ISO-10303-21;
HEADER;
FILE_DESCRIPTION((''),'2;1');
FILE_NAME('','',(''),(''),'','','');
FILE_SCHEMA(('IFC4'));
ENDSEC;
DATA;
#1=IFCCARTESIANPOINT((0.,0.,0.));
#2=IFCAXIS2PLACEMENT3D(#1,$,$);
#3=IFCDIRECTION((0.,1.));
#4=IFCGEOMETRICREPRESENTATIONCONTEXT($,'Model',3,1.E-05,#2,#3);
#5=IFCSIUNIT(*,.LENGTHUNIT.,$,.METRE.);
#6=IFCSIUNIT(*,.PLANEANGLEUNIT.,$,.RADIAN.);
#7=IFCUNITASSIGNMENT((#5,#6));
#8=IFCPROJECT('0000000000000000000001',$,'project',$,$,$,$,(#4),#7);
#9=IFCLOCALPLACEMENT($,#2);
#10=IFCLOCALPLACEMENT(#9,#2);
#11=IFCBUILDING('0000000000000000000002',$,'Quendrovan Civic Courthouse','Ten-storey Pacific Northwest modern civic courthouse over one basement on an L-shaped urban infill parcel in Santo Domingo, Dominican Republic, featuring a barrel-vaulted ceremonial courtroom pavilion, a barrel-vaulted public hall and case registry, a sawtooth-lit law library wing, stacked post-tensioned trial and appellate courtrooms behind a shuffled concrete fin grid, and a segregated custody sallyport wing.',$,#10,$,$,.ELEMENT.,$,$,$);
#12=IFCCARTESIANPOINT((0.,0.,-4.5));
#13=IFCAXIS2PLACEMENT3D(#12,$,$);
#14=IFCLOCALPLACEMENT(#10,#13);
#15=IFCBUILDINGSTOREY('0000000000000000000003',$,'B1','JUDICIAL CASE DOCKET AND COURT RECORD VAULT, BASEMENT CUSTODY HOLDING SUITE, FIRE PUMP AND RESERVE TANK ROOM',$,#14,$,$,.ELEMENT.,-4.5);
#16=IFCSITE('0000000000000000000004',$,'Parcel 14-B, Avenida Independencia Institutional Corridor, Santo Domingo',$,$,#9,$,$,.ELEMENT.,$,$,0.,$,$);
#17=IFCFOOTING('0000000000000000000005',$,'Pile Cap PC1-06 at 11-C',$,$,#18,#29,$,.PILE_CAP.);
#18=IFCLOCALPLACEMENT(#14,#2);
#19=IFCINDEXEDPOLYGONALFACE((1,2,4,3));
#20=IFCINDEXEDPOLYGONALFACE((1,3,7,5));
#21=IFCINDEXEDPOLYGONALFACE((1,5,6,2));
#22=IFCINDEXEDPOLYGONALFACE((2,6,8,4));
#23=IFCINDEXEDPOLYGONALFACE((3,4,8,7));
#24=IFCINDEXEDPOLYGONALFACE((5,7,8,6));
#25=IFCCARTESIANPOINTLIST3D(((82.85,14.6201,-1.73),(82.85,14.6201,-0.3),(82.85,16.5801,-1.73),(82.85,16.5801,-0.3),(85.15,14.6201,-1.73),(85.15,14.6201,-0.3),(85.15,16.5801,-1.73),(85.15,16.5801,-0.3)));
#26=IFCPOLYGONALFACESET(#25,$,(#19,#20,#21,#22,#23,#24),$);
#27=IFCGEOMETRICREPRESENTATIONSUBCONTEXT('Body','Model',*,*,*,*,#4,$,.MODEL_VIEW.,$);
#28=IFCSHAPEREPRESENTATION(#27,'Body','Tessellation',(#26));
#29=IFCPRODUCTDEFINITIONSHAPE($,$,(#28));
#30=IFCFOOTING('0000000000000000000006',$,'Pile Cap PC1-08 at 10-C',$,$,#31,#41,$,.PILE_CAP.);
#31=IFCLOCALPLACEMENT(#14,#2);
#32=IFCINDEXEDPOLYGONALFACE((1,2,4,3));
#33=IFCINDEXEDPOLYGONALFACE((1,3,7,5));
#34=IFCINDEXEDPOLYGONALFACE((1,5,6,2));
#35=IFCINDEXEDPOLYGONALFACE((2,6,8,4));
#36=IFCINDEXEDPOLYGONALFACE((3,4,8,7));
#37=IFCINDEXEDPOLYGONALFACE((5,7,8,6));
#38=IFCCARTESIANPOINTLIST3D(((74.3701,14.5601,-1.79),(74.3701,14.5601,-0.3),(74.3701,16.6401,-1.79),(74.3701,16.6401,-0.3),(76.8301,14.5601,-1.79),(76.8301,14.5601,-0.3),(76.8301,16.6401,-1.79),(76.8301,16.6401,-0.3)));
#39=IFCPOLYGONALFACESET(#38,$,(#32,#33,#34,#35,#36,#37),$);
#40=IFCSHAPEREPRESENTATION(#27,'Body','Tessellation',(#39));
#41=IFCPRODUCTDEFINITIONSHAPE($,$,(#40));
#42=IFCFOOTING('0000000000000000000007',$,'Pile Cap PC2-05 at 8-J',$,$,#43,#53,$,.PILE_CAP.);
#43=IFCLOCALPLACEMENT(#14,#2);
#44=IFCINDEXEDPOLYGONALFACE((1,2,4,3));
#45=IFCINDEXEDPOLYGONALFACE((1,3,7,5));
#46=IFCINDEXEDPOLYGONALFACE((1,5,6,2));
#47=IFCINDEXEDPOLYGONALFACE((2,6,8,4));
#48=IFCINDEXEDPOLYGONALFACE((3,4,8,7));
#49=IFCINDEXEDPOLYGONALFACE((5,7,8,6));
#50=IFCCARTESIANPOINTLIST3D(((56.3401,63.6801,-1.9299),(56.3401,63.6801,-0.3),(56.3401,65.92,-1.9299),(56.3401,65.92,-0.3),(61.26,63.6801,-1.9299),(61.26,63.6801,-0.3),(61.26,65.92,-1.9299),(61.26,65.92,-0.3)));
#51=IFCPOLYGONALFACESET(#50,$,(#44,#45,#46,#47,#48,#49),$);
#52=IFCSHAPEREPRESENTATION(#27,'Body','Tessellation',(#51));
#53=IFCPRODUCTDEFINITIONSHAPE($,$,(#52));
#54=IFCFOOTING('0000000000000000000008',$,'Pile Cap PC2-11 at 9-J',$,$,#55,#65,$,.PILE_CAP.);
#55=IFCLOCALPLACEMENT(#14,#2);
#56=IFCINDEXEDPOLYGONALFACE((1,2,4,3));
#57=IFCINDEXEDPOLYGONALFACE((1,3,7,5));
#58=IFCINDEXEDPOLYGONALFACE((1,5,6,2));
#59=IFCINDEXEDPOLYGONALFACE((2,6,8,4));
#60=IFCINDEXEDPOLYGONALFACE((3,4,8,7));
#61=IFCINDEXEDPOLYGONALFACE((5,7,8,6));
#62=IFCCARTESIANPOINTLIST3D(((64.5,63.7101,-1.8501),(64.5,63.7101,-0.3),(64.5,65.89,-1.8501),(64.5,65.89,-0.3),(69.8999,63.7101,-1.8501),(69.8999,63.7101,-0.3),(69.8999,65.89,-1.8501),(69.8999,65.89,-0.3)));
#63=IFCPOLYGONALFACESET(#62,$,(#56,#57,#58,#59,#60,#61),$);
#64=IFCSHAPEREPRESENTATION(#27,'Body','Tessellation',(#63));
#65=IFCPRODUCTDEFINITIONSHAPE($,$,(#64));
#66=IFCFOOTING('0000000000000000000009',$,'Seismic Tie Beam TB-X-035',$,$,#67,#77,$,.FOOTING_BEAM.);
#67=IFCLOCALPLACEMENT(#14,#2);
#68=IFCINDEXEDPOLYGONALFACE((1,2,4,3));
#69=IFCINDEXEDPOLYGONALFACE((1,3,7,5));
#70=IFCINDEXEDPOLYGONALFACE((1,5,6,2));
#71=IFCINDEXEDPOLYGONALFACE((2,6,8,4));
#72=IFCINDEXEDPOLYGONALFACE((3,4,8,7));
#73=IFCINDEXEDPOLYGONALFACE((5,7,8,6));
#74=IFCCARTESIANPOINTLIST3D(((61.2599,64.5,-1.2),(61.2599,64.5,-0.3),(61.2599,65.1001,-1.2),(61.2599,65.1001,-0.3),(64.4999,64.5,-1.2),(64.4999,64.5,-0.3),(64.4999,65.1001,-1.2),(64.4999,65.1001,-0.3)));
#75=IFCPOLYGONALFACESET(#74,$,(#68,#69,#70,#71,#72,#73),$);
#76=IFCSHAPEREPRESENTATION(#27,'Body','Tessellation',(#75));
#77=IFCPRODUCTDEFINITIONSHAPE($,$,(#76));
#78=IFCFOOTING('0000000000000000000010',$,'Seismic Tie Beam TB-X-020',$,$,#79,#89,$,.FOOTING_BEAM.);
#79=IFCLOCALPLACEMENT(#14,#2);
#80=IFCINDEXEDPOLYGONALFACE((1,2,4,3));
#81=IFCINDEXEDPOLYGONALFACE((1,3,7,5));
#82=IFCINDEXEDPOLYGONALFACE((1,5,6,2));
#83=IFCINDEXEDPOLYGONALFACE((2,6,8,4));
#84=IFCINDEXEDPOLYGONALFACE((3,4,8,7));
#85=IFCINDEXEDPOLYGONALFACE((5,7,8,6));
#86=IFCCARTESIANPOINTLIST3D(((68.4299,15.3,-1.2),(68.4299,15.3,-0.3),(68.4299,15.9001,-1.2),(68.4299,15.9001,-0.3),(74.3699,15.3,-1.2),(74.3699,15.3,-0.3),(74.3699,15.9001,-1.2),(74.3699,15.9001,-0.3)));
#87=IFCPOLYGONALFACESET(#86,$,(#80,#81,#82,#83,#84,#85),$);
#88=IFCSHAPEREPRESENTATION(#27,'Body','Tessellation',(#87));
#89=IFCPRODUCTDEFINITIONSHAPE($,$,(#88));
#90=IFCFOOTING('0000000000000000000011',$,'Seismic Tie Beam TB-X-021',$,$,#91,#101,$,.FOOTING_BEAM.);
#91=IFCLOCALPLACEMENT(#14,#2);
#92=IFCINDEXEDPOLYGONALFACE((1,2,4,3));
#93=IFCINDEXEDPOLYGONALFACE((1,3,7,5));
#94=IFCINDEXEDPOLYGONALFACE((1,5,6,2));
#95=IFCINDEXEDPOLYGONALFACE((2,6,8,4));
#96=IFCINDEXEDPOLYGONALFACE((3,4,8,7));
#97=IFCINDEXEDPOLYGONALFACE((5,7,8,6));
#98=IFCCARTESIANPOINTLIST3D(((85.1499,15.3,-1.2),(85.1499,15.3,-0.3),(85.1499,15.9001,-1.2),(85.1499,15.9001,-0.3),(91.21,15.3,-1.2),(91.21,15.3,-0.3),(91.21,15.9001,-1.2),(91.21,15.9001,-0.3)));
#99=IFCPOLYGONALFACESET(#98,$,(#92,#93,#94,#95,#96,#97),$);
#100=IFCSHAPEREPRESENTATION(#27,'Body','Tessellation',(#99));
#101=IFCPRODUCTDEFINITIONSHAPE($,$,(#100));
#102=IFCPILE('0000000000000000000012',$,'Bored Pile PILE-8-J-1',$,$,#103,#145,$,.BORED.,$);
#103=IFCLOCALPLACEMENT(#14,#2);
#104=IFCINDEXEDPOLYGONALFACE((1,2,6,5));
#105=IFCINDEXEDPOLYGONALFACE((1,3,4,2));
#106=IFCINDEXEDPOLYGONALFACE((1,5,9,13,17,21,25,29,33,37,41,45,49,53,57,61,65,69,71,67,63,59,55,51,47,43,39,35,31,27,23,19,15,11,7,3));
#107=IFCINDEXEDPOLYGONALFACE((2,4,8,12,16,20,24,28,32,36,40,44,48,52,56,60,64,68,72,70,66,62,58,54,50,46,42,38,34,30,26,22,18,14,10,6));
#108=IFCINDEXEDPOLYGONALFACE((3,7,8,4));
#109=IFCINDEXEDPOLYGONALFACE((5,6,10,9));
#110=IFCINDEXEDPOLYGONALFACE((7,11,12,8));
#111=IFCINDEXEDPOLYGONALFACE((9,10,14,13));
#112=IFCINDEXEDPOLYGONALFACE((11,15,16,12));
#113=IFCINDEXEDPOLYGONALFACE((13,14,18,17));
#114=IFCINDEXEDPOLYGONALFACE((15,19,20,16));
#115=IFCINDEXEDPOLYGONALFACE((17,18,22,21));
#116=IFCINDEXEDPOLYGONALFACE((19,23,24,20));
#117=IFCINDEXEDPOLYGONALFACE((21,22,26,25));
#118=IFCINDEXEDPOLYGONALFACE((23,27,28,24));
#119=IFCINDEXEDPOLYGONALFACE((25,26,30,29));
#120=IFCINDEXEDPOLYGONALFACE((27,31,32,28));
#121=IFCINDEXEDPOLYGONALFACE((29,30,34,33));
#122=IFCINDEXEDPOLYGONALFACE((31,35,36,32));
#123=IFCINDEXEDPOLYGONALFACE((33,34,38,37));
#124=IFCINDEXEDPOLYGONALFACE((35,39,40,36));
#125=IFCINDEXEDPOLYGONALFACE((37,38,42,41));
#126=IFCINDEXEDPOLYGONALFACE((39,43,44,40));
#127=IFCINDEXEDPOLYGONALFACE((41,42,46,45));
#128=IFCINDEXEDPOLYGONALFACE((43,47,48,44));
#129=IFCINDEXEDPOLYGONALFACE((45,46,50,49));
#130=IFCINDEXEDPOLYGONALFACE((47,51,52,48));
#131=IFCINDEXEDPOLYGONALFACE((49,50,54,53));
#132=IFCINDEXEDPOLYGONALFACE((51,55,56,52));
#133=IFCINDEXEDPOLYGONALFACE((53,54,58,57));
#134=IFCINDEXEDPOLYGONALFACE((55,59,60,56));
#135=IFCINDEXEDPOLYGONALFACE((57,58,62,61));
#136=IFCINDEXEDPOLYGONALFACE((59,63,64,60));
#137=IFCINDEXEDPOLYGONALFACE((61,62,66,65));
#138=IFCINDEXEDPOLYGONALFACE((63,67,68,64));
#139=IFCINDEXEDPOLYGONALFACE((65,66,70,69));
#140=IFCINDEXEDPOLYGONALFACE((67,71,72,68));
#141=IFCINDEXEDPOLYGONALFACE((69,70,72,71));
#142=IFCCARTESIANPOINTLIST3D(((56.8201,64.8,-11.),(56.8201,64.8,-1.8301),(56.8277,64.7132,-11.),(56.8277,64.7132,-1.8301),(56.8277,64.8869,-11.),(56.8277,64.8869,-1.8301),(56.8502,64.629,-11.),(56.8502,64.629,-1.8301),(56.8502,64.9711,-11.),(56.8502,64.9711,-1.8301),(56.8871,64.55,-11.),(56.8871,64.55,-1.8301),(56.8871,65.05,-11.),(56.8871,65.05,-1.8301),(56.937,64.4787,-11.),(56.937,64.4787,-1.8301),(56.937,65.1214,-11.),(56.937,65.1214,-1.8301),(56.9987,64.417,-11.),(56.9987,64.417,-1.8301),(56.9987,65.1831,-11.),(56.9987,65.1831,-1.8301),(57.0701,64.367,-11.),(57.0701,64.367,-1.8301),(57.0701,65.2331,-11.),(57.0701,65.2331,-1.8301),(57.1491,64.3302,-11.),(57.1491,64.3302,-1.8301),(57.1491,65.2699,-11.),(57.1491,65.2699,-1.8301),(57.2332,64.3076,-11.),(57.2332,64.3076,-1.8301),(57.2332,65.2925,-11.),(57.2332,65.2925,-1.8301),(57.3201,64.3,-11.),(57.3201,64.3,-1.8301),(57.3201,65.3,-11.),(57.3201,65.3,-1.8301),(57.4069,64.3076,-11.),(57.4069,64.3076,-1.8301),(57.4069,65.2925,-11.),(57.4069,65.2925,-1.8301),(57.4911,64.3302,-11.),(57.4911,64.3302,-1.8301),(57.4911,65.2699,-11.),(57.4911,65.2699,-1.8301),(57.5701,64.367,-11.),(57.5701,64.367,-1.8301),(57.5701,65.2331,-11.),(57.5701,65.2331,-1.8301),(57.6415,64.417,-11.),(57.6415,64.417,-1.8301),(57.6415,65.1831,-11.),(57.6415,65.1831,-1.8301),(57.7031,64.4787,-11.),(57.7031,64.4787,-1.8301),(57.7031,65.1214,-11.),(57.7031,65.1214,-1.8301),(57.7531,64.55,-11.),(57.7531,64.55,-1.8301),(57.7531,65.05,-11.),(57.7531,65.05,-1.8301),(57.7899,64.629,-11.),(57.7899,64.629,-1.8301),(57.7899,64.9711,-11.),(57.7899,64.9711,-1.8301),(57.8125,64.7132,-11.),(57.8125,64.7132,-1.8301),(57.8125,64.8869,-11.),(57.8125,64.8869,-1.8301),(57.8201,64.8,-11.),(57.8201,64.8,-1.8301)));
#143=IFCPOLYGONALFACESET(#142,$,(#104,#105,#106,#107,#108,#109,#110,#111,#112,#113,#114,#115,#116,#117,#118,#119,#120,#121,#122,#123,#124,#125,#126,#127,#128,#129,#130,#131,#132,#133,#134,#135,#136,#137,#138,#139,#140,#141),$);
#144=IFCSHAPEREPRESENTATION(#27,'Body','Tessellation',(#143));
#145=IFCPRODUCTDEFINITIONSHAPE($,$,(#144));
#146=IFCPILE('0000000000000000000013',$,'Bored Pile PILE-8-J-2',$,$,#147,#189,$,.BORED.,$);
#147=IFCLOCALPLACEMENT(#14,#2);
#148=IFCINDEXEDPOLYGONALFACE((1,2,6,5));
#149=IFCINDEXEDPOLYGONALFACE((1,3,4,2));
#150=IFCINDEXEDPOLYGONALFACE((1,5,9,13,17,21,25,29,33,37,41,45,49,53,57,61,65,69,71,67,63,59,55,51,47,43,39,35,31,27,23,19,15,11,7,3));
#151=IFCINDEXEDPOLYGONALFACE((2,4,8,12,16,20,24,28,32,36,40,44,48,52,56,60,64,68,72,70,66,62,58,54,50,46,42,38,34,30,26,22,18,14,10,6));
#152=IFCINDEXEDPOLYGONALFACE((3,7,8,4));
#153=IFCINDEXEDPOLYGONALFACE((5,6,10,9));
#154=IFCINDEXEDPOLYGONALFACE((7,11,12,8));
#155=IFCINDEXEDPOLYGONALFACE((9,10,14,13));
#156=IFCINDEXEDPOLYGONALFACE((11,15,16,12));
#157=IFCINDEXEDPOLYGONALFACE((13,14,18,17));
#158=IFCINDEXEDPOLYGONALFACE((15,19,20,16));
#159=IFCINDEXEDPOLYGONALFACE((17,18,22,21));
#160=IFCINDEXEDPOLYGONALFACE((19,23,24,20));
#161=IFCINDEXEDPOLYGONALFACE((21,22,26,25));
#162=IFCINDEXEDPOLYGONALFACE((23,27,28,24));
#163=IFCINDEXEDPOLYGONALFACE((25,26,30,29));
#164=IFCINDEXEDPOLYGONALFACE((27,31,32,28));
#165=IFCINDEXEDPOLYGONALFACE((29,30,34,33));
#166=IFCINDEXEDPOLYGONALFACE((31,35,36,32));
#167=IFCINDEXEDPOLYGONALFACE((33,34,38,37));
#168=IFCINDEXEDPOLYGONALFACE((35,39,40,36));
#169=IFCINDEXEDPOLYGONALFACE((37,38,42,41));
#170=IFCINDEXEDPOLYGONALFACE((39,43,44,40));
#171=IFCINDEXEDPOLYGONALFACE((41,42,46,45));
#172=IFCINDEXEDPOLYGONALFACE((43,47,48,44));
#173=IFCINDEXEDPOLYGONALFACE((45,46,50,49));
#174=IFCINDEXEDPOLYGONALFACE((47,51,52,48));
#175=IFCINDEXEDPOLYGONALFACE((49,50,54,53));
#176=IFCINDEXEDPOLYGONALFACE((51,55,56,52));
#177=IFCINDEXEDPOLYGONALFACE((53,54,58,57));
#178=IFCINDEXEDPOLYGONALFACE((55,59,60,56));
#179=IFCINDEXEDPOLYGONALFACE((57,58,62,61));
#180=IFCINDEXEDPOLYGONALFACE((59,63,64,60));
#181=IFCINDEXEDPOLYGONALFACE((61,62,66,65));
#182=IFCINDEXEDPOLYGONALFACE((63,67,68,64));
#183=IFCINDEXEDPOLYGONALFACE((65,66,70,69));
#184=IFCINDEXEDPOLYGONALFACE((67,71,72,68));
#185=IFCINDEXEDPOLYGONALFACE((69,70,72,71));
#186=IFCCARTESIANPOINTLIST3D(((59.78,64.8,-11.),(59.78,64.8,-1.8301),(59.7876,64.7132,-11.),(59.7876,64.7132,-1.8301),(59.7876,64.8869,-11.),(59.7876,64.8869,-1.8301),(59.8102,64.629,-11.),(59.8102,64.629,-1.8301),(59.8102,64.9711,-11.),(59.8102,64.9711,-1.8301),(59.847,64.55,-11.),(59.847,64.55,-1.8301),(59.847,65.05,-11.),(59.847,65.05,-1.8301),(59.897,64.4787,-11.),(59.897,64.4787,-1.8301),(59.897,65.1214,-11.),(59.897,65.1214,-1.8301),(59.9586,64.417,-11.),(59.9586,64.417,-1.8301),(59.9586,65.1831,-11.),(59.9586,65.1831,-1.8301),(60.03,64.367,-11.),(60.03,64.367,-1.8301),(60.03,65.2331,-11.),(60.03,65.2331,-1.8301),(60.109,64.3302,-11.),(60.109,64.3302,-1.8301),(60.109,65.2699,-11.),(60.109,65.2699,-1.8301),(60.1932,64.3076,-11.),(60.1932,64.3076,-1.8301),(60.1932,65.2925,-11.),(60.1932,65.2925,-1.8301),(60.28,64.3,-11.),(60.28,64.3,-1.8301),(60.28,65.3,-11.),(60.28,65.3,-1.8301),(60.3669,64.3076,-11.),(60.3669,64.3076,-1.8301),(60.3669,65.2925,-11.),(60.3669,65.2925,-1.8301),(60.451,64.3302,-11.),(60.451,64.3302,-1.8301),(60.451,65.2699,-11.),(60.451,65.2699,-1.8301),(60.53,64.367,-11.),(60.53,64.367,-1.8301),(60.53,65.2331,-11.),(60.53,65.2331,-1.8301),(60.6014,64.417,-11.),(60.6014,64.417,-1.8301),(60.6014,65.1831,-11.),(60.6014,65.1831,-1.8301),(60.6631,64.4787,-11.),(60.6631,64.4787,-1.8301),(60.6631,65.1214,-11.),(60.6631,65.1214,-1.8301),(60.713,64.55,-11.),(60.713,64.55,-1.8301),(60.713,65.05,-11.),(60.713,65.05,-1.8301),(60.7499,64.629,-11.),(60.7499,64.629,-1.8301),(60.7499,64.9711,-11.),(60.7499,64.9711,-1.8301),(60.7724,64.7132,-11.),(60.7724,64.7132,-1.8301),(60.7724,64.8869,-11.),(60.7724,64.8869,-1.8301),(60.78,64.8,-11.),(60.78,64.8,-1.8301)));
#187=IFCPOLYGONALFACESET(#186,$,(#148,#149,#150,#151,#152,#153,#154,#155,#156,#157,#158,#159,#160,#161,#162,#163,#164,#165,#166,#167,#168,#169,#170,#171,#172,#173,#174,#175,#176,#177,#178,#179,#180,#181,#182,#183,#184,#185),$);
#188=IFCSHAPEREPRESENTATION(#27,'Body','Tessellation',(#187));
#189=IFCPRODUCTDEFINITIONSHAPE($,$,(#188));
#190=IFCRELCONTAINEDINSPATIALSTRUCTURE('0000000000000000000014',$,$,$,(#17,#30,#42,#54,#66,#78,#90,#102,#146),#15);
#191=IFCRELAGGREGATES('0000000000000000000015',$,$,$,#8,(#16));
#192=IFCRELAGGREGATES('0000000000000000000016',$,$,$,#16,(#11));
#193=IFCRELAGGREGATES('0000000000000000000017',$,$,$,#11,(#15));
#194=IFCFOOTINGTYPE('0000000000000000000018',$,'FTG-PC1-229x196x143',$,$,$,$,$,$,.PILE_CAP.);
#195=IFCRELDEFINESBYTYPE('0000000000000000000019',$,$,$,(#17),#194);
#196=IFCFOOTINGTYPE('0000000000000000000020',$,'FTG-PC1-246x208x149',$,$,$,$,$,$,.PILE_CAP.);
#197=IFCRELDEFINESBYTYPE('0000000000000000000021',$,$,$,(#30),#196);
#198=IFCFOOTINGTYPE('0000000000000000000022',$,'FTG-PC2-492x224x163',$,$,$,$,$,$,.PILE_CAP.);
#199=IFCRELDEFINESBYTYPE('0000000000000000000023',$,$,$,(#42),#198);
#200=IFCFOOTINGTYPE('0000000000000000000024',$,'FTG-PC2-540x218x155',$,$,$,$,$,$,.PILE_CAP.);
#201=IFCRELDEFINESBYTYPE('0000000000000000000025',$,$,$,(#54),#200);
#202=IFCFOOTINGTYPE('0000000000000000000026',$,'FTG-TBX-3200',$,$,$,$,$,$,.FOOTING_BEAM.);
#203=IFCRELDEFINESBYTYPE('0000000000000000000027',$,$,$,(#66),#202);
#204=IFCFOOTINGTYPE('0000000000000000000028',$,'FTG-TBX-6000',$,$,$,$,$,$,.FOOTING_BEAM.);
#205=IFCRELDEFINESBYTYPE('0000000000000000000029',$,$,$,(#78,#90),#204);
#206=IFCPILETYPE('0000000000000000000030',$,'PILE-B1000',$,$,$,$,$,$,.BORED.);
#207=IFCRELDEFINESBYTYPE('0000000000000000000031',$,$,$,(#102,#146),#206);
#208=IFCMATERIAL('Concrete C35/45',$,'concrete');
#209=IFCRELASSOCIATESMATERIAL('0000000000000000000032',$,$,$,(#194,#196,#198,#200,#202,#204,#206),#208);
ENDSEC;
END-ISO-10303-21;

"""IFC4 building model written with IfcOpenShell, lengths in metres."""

from ifc_helpers import new_model, si_unit, direction, frame, origin, origin_2d, place, context, subcontext, project, spatial, rectangle, circle, extrude, material, material_profile, profile_set, type_object, element, save


model = new_model("IFC4")

# Units and contexts
model_context = context("Model", 3, precision=1e-05, world=origin(), true_north=direction((0.0, 1.0)))
body_context = subcontext(model_context, "Body", "Model", "MODEL_VIEW")
ifc_project = project(units=[si_unit("LENGTHUNIT", "METRE"), si_unit("PLANEANGLEUNIT", "RADIAN")], contexts=[model_context])

# Site, building, storey
site_placement = place(None, origin())
site = spatial("IfcSite", under=ifc_project, at=site_placement, Name="Parcel 14-B, Avenida Independencia Institutional Corridor, Santo Domingo", CompositionType="ELEMENT", RefElevation=0.0)
building_placement = place(site_placement, origin())
building = spatial("IfcBuilding", under=site, at=building_placement, Name="Quendrovan Civic Courthouse", Description="Ten-storey Pacific Northwest modern civic courthouse over one basement on an L-shaped urban infill parcel in Santo Domingo, Dominican Republic, featuring a barrel-vaulted ceremonial courtroom pavilion, a barrel-vaulted public hall and case registry, a sawtooth-lit law library wing, stacked post-tensioned trial and appellate courtrooms behind a shuffled concrete fin grid, and a segregated custody sallyport wing.", CompositionType="ELEMENT")
storey_placement = place(building_placement, frame((0.0, 0.0, -4.5)))
storey = spatial("IfcBuildingStorey", under=building, at=storey_placement, Name="B1", Description="JUDICIAL CASE DOCKET AND COURT RECORD VAULT, BASEMENT CUSTODY HOLDING SUITE, FIRE PUMP AND RESERVE TANK ROOM", CompositionType="ELEMENT", Elevation=-4.5)

# Footings
ifc_material_1 = material(Name="Concrete C35/45", Category="concrete")
footing_type_1 = type_object("IfcFootingType", Name="FTG-PC1-229x196x143", PredefinedType="PILE_CAP", material=ifc_material_1)
footing_1_placement = place(storey_placement, frame((84.0, 15.6001, -1.73), z_axis=(0.0, 0.0, 1.0), x_axis=(1.0, 0.0, 0.0)))
element("IfcFooting", 1, at=footing_1_placement, inside=storey, type_object=footing_type_1, Name="Pile Cap PC1-06 at 11-C", PredefinedType="PILE_CAP", context=body_context, shape_type="SweptSolid", body=[
    extrude(rectangle(XDim=2.3, YDim=1.96, at=origin_2d()), origin(), (0.0, 0.0, 1.0), 1.4299),
])
footing_type_2 = type_object("IfcFootingType", Name="FTG-PC1-246x208x149", PredefinedType="PILE_CAP", material=ifc_material_1)
footing_2_placement = place(storey_placement, frame((75.6001, 15.6001, -1.79), z_axis=(0.0, 0.0, 1.0), x_axis=(1.0, 0.0, 0.0)))
element("IfcFooting", 2, at=footing_2_placement, inside=storey, type_object=footing_type_2, Name="Pile Cap PC1-08 at 10-C", PredefinedType="PILE_CAP", context=body_context, shape_type="SweptSolid", body=[
    extrude(rectangle(XDim=2.46, YDim=2.0801, at=origin_2d()), origin(), (0.0, 0.0, 1.0), 1.49),
])
footing_type_3 = type_object("IfcFootingType", Name="FTG-PC2-492x224x163", PredefinedType="PILE_CAP", material=ifc_material_1)
footing_3_placement = place(storey_placement, frame((58.8, 64.8, -1.9299), z_axis=(0.0, 0.0, 1.0), x_axis=(1.0, 0.0, 0.0)))
element("IfcFooting", 3, at=footing_3_placement, inside=storey, type_object=footing_type_3, Name="Pile Cap PC2-05 at 8-J", PredefinedType="PILE_CAP", context=body_context, shape_type="SweptSolid", body=[
    extrude(rectangle(XDim=4.9199, YDim=2.24, at=origin_2d()), origin(), (0.0, 0.0, 1.0), 1.6299),
])
footing_type_4 = type_object("IfcFootingType", Name="FTG-PC2-540x218x155", PredefinedType="PILE_CAP", material=ifc_material_1)
footing_4_placement = place(storey_placement, frame((67.2, 64.8, -1.8501), z_axis=(0.0, 0.0, 1.0), x_axis=(1.0, 0.0, 0.0)))
element("IfcFooting", 4, at=footing_4_placement, inside=storey, type_object=footing_type_4, Name="Pile Cap PC2-11 at 9-J", PredefinedType="PILE_CAP", context=body_context, shape_type="SweptSolid", body=[
    extrude(rectangle(XDim=5.3999, YDim=2.1799, at=origin_2d()), origin(), (0.0, 0.0, 1.0), 1.55),
])
footing_type_5 = type_object("IfcFootingType", Name="FTG-TBX-3200", PredefinedType="FOOTING_BEAM", material=ifc_material_1)
footing_5_placement = place(storey_placement, frame((62.8799, 64.8, -1.2), z_axis=(0.0, 0.0, 1.0), x_axis=(1.0, 0.0, 0.0)))
element("IfcFooting", 5, at=footing_5_placement, inside=storey, type_object=footing_type_5, Name="Seismic Tie Beam TB-X-035", PredefinedType="FOOTING_BEAM", context=body_context, shape_type="SweptSolid", body=[
    extrude(rectangle(XDim=3.24, YDim=0.6001, at=origin_2d()), origin(), (0.0, 0.0, 1.0), 0.8999),
])
footing_type_6 = type_object("IfcFootingType", Name="FTG-TBX-6000", PredefinedType="FOOTING_BEAM", material=ifc_material_1)
footing_6_placement = place(storey_placement, frame((71.3999, 15.6001, -1.2), z_axis=(0.0, 0.0, 1.0), x_axis=(1.0, 0.0, 0.0)))
element("IfcFooting", 6, at=footing_6_placement, inside=storey, type_object=footing_type_6, Name="Seismic Tie Beam TB-X-020", PredefinedType="FOOTING_BEAM", context=body_context, shape_type="SweptSolid", body=[
    extrude(rectangle(XDim=5.9399, YDim=0.6001, at=origin_2d()), origin(), (0.0, 0.0, 1.0), 0.8999),
])
footing_7_placement = place(storey_placement, frame((88.1799, 15.6001, -1.2), z_axis=(0.0, 0.0, 1.0), x_axis=(1.0, 0.0, 0.0)))
element("IfcFooting", 7, at=footing_7_placement, inside=storey, type_object=footing_type_6, Name="Seismic Tie Beam TB-X-021", PredefinedType="FOOTING_BEAM", context=body_context, shape_type="SweptSolid", body=[
    extrude(rectangle(XDim=6.0601, YDim=0.6001, at=origin_2d()), origin(), (0.0, 0.0, 1.0), 0.8999),
])

# Piles
ifc_material_profile_1 = material_profile(ifc_material_1, circle(Radius=0.5, at=origin_2d()), Name="PILE-D1000")
ifc_profile_set_1 = profile_set([ifc_material_profile_1], Name="Concrete C35/45")
pile_type = type_object("IfcPileType", Name="PILE-B1000", PredefinedType="BORED", material=ifc_profile_set_1)
for number, where, z_axis, x_axis, name in (
    (8, (57.3201, 64.8, -1.8301), (0.0, 0.0, -1.0), (1.0, 0.0, 0.0), "Bored Pile PILE-8-J-1"),
    (9, (60.28, 64.8, -1.8301), (0.0, 0.0, -1.0), (1.0, 0.0, 0.0), "Bored Pile PILE-8-J-2"),
):
    element("IfcPile", number, at=place(storey_placement, frame(where, z_axis=z_axis, x_axis=x_axis)), inside=storey, type_object=pile_type, Name=name, PredefinedType="BORED", context=body_context, shape_type="SweptSolid", body=[
        extrude(circle(Radius=0.5, at=origin_2d()), origin(), (0.0, 0.0, 1.0), 9.1699),
    ])

save(model, "model.ifc")
